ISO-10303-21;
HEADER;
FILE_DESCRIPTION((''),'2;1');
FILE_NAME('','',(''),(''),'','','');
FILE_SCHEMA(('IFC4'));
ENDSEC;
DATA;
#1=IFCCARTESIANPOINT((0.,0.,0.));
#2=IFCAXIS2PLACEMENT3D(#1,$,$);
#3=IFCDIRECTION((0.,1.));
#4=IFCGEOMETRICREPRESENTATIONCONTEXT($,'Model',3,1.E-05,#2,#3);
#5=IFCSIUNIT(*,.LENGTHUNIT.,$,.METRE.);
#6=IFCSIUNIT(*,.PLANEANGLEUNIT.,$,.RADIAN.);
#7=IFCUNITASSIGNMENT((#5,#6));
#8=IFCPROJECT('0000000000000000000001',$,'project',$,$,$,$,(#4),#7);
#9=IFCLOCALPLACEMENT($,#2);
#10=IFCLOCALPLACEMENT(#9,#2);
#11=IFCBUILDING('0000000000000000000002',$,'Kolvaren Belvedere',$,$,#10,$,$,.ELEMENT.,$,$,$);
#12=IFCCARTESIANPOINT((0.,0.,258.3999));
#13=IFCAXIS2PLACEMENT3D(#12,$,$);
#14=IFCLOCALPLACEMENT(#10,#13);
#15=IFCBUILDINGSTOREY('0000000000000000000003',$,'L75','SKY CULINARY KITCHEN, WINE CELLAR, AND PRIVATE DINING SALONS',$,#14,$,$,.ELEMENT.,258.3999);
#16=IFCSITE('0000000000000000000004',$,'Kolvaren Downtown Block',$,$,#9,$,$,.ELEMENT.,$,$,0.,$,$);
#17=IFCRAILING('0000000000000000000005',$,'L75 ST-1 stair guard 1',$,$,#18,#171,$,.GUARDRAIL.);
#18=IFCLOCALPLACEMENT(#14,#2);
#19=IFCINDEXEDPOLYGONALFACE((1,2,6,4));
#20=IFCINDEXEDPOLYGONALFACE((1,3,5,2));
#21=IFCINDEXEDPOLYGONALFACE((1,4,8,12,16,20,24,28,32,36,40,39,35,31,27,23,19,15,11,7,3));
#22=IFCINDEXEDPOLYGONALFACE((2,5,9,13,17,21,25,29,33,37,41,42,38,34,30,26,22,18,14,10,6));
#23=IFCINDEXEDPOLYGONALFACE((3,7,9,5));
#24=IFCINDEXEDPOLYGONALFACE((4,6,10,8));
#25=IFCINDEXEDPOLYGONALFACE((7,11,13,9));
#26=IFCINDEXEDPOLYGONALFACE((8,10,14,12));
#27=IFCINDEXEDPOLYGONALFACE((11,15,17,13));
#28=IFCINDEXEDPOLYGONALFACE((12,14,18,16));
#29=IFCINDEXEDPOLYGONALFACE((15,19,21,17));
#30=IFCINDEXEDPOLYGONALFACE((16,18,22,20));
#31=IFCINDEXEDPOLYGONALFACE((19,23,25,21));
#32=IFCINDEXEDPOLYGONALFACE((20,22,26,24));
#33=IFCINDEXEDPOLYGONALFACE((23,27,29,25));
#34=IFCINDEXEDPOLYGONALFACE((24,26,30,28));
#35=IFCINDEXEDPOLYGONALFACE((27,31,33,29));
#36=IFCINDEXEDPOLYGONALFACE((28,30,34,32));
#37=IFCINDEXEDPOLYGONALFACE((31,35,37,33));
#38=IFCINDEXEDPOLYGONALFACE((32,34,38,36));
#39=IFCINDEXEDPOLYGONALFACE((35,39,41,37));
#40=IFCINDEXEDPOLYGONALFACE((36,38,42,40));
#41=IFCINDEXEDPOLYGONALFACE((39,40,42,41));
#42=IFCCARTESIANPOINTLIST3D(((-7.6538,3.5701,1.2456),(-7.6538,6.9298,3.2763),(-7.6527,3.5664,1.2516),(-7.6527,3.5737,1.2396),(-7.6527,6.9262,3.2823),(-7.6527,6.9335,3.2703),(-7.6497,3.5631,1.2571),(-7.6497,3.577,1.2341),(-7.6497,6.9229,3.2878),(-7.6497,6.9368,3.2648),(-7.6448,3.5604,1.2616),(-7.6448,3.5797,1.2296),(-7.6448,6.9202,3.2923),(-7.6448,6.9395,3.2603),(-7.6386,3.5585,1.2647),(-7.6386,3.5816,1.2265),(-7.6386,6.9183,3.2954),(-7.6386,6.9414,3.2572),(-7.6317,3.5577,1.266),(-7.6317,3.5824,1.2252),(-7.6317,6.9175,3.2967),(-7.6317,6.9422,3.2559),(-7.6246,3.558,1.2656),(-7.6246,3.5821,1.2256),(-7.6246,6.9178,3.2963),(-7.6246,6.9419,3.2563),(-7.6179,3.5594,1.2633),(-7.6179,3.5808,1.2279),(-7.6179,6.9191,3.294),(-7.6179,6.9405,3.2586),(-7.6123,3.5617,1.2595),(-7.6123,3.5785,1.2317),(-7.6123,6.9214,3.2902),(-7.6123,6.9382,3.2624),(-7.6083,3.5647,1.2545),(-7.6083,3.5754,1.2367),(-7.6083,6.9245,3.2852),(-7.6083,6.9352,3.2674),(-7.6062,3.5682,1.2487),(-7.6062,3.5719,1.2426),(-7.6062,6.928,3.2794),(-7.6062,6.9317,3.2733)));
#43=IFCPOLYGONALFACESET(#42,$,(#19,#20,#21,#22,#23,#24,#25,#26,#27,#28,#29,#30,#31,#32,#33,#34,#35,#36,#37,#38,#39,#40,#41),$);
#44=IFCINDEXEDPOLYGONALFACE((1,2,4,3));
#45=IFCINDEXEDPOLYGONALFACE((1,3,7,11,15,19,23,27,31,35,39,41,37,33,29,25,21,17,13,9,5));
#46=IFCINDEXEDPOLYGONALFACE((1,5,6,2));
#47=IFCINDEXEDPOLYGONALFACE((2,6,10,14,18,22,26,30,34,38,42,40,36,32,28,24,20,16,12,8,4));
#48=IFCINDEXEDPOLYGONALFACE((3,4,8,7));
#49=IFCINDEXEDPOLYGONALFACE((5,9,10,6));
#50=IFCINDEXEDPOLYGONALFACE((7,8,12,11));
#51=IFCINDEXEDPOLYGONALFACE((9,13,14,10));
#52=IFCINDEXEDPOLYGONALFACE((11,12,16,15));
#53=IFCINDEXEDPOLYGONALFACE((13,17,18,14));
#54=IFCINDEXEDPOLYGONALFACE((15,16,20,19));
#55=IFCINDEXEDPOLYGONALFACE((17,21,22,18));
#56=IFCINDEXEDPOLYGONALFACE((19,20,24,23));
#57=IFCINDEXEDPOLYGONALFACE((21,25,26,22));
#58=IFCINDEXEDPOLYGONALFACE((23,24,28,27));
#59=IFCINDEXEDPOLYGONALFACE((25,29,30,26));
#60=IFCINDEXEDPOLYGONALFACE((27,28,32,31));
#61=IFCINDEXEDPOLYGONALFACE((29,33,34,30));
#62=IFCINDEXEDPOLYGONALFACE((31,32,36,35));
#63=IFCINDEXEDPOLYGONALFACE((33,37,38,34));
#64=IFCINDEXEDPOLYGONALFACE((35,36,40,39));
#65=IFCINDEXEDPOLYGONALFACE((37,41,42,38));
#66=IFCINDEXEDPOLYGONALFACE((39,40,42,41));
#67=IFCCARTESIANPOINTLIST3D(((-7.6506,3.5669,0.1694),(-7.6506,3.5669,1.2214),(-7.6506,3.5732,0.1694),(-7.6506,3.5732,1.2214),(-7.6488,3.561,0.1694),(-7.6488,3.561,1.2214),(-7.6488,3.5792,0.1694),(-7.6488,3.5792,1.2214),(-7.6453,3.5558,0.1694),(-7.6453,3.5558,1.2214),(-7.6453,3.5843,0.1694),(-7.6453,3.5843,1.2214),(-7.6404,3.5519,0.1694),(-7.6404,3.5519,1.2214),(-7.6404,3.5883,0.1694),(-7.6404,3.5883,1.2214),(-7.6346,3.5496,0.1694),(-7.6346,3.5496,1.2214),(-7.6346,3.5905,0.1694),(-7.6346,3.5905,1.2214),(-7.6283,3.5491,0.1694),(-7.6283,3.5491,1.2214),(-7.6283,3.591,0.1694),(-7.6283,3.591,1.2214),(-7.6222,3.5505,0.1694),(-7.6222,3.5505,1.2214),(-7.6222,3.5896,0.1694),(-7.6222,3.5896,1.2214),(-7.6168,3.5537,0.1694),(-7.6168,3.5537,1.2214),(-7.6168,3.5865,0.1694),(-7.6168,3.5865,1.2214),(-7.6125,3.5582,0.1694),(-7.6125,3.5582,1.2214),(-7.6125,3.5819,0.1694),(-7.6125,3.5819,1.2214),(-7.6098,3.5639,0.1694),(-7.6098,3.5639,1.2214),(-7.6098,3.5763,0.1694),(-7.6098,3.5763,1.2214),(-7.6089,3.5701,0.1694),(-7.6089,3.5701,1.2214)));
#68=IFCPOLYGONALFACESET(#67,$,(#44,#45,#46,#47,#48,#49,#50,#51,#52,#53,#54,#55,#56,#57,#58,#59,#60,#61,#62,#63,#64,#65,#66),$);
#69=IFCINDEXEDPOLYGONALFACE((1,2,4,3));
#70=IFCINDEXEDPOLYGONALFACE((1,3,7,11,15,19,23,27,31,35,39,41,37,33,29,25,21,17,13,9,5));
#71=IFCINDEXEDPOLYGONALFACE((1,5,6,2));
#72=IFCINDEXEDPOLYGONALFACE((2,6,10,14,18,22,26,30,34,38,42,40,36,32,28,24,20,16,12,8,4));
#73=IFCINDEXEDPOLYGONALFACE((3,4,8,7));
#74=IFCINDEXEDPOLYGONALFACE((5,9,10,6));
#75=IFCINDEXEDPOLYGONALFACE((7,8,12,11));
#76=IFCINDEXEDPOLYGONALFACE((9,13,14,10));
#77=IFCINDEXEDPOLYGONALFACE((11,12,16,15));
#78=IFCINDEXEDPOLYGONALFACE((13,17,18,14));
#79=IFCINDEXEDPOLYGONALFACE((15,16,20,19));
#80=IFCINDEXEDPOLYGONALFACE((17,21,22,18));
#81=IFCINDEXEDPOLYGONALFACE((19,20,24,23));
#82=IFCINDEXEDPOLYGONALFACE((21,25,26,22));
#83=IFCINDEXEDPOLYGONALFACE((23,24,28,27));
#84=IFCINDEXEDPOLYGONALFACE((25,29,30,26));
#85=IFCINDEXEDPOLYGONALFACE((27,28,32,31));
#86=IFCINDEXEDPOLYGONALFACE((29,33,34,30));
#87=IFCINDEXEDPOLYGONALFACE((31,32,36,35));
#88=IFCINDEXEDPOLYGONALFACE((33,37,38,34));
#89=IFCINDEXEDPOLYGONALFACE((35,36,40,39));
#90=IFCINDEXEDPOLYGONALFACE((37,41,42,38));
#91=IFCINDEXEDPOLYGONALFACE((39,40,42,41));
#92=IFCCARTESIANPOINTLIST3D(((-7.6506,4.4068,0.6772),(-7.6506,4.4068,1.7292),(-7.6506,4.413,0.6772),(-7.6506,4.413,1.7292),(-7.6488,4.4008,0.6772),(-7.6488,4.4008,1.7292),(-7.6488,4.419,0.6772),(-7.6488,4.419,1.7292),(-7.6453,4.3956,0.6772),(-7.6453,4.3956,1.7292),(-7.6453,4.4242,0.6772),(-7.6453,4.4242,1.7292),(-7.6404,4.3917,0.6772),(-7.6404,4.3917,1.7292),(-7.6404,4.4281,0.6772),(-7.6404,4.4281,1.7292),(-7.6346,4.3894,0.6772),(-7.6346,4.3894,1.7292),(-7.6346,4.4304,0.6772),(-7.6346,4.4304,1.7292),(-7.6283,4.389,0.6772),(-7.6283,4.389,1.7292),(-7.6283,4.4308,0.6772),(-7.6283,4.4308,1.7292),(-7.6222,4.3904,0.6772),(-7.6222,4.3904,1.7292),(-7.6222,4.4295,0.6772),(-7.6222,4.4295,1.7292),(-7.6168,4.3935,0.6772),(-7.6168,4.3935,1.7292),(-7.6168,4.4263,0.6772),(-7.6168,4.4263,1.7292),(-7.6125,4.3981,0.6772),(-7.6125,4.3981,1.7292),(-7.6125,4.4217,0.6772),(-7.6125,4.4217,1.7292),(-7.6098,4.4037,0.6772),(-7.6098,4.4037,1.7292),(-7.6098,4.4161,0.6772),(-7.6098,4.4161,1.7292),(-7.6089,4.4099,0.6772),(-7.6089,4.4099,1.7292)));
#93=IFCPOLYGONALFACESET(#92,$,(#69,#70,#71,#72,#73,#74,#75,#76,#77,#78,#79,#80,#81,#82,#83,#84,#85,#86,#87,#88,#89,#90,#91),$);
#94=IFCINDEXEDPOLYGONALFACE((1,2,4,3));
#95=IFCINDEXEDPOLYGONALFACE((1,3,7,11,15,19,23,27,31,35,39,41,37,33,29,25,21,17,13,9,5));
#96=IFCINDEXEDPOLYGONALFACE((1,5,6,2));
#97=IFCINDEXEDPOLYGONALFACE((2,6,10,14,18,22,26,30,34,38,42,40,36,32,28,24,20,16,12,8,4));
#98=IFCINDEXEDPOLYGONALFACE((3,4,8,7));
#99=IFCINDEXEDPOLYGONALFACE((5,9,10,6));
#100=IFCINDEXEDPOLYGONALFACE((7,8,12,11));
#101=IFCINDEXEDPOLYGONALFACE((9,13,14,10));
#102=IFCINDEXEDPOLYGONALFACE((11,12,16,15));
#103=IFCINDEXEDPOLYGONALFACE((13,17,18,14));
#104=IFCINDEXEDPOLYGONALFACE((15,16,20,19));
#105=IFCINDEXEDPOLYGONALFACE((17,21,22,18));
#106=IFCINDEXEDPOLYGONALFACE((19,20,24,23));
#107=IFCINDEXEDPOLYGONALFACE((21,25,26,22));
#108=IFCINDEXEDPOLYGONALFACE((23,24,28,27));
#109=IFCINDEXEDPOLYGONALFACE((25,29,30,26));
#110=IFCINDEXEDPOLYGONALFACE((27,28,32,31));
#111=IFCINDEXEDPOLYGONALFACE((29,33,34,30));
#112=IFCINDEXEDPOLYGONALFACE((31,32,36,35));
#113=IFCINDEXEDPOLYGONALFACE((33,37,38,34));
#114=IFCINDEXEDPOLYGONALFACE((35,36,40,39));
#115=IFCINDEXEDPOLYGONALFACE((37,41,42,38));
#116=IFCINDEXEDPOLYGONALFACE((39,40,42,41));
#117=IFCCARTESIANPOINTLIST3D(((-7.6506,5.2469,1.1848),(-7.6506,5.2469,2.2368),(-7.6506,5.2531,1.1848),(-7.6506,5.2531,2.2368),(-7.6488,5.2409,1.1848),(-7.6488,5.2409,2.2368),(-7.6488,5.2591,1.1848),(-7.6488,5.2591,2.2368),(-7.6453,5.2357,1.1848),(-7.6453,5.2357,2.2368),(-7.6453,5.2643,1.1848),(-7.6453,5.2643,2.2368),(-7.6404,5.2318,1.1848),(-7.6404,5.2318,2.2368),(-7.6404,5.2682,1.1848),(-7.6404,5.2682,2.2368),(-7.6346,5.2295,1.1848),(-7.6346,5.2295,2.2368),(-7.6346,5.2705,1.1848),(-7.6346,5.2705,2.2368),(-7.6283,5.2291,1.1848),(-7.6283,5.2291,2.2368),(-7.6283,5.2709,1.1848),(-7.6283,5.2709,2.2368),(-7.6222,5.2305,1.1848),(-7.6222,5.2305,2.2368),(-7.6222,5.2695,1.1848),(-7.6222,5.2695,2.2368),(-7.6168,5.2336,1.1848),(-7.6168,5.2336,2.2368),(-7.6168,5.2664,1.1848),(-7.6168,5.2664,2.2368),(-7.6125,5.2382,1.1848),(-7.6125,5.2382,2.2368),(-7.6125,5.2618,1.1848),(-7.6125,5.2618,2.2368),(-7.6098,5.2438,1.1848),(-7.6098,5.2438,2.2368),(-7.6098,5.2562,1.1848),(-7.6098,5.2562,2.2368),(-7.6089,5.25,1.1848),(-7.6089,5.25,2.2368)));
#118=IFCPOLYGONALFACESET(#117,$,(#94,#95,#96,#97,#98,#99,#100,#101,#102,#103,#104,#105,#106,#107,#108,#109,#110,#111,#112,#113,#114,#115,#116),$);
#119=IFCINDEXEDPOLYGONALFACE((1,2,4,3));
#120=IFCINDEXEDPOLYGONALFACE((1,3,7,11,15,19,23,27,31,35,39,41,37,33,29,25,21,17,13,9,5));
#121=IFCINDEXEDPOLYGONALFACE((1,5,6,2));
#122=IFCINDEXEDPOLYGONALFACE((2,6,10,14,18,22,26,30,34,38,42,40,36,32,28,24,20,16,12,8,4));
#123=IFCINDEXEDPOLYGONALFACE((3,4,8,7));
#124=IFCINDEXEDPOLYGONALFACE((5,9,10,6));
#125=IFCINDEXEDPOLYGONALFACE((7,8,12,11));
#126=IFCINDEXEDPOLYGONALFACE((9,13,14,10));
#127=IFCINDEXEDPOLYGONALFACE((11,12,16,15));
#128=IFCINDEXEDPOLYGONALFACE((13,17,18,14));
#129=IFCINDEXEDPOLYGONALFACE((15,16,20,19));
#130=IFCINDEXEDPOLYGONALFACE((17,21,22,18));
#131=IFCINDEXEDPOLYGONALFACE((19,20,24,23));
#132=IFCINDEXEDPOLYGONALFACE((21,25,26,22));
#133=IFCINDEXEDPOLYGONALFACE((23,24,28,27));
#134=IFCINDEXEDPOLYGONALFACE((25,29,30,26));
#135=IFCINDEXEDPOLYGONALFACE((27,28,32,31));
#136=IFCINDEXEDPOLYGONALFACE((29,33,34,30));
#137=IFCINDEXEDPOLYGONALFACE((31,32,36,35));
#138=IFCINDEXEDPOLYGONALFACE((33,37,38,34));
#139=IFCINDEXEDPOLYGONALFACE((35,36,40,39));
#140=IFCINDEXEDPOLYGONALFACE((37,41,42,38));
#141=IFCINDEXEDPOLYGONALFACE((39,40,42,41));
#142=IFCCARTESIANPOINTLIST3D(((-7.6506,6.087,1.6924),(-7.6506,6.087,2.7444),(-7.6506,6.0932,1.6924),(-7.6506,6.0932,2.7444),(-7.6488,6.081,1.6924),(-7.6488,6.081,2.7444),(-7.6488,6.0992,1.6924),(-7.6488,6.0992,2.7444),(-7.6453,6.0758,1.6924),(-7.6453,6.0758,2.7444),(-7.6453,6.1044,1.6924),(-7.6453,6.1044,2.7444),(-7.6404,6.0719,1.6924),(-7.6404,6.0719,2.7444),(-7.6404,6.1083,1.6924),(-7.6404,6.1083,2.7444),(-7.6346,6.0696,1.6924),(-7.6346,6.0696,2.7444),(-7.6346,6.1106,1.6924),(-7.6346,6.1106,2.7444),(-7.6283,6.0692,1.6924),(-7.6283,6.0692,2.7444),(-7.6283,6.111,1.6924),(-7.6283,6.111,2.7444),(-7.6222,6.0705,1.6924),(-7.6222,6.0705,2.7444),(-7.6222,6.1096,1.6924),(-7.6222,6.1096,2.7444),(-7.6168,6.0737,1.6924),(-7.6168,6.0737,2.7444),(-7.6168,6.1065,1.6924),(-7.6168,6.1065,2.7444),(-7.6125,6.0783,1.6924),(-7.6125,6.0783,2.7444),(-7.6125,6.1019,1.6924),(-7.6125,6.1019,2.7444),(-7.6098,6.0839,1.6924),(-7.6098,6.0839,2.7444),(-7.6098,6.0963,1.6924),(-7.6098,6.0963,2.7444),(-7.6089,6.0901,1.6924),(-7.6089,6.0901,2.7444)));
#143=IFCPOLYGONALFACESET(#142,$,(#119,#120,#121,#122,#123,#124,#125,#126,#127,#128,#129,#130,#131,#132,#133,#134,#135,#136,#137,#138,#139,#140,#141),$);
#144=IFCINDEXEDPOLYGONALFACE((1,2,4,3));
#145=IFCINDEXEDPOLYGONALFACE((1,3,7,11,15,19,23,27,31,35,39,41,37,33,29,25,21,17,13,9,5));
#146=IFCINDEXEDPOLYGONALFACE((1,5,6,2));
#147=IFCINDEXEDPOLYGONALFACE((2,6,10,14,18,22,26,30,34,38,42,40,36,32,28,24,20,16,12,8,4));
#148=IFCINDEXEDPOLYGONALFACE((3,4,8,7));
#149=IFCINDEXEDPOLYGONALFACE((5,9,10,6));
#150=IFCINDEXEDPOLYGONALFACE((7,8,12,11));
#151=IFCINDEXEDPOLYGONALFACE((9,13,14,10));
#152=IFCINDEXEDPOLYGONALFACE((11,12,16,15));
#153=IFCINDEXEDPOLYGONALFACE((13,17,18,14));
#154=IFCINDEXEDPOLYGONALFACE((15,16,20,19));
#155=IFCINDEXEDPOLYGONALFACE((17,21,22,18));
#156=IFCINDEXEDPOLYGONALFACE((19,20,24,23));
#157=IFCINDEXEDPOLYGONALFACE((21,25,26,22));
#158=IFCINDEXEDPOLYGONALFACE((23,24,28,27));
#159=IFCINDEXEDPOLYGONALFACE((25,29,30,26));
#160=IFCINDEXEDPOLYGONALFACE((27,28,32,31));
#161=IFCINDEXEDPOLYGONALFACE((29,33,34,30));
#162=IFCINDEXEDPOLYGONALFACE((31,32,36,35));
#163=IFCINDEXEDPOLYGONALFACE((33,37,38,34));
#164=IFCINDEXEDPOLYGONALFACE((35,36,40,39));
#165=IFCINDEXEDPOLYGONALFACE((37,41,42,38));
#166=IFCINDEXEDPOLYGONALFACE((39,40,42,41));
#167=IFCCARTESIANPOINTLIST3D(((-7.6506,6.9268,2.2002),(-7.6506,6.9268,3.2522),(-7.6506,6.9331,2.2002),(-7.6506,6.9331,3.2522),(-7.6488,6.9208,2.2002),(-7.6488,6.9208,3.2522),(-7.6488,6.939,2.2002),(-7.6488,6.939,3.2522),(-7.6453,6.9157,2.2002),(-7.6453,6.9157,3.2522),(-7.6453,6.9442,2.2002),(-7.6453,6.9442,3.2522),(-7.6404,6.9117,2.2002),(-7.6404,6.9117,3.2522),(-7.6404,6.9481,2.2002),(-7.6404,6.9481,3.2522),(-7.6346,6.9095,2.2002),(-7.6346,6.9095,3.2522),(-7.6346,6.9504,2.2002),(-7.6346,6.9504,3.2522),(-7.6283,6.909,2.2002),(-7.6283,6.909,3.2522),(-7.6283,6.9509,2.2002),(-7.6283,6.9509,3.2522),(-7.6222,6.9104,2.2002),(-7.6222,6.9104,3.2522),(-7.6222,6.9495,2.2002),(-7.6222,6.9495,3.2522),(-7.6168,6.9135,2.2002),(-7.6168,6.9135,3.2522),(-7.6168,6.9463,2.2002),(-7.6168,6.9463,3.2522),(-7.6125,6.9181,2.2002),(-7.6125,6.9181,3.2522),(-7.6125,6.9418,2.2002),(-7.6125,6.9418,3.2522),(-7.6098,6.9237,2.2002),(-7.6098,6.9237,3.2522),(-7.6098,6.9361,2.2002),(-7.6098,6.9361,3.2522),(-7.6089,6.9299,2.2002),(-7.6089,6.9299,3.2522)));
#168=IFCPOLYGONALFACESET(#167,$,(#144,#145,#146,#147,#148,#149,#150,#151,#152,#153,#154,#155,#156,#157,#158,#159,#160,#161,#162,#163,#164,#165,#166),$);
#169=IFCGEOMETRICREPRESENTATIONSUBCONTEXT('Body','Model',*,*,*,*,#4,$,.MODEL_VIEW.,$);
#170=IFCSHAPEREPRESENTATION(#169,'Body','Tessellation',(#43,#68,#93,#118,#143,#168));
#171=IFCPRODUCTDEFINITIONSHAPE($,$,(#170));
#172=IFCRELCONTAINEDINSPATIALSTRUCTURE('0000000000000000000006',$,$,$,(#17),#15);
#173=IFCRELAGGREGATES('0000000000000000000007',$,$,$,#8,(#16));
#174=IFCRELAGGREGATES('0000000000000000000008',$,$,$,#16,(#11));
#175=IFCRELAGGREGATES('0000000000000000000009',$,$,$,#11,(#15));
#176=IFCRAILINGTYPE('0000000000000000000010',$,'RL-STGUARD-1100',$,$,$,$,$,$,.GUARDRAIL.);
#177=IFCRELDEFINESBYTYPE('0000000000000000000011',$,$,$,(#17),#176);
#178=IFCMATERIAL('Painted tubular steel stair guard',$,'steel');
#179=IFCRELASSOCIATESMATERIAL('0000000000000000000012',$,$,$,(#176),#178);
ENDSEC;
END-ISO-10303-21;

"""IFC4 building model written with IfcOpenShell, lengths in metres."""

from ifc_helpers import new_model, si_unit, direction, frame, origin, origin_2d, place, context, subcontext, project, spatial, circle, extrude, material, type_object, element, save


model = new_model("IFC4")

# Units and contexts
model_context = context("Model", 3, precision=1e-05, world=origin(), true_north=direction((0.0, 1.0)))
body_context = subcontext(model_context, "Body", "Model", "MODEL_VIEW")
ifc_project = project(units=[si_unit("LENGTHUNIT", "METRE"), si_unit("PLANEANGLEUNIT", "RADIAN")], contexts=[model_context])

# Site, building, storey
site_placement = place(None, origin())
site = spatial("IfcSite", under=ifc_project, at=site_placement, Name="Kolvaren Downtown Block", CompositionType="ELEMENT", RefElevation=0.0)
building_placement = place(site_placement, origin())
building = spatial("IfcBuilding", under=site, at=building_placement, Name="Kolvaren Belvedere", CompositionType="ELEMENT")
storey_placement = place(building_placement, frame((0.0, 0.0, 258.3999)))
storey = spatial("IfcBuildingStorey", under=building, at=storey_placement, Name="L75", Description="SKY CULINARY KITCHEN, WINE CELLAR, AND PRIVATE DINING SALONS", CompositionType="ELEMENT", Elevation=258.3999)

# Railing
ifc_material_1 = material(Name="Painted tubular steel stair guard", Category="steel")
railing_type_1 = type_object("IfcRailingType", Name="RL-STGUARD-1100", PredefinedType="GUARDRAIL", material=ifc_material_1)
railing_1_placement = place(storey_placement, frame((-7.6299, 3.5701, 0.1694)))
element("IfcRailing", 1, at=railing_1_placement, inside=storey, type_object=railing_type_1, Name="L75 ST-1 stair guard 1", PredefinedType="GUARDRAIL", context=body_context, shape_type="SweptSolid", body=[
    extrude(circle(Radius=0.0239, at=origin_2d()), frame((0.0, 0.0, 1.0762), z_axis=(0.0, 0.85582, 0.517273), x_axis=(-1.0, 0.0, 0.0)), (0.0, 0.0, 1.0), 3.9258),
    extrude(circle(Radius=0.021, at=origin_2d()), origin(), (0.0, 0.0, 1.0), 1.052),
    extrude(circle(Radius=0.021, at=origin_2d()), frame((0.0, 0.8398, 0.5078)), (0.0, 0.0, 1.0), 1.052),
    extrude(circle(Radius=0.021, at=origin_2d()), frame((0.0, 1.6799, 1.0154)), (0.0, 0.0, 1.0), 1.052),
    extrude(circle(Radius=0.021, at=origin_2d()), frame((0.0, 2.52, 1.5229)), (0.0, 0.0, 1.0), 1.052),
    extrude(circle(Radius=0.021, at=origin_2d()), frame((0.0, 3.3599, 2.0308)), (0.0, 0.0, 1.0), 1.052),
])

save(model, "model.ifc")
